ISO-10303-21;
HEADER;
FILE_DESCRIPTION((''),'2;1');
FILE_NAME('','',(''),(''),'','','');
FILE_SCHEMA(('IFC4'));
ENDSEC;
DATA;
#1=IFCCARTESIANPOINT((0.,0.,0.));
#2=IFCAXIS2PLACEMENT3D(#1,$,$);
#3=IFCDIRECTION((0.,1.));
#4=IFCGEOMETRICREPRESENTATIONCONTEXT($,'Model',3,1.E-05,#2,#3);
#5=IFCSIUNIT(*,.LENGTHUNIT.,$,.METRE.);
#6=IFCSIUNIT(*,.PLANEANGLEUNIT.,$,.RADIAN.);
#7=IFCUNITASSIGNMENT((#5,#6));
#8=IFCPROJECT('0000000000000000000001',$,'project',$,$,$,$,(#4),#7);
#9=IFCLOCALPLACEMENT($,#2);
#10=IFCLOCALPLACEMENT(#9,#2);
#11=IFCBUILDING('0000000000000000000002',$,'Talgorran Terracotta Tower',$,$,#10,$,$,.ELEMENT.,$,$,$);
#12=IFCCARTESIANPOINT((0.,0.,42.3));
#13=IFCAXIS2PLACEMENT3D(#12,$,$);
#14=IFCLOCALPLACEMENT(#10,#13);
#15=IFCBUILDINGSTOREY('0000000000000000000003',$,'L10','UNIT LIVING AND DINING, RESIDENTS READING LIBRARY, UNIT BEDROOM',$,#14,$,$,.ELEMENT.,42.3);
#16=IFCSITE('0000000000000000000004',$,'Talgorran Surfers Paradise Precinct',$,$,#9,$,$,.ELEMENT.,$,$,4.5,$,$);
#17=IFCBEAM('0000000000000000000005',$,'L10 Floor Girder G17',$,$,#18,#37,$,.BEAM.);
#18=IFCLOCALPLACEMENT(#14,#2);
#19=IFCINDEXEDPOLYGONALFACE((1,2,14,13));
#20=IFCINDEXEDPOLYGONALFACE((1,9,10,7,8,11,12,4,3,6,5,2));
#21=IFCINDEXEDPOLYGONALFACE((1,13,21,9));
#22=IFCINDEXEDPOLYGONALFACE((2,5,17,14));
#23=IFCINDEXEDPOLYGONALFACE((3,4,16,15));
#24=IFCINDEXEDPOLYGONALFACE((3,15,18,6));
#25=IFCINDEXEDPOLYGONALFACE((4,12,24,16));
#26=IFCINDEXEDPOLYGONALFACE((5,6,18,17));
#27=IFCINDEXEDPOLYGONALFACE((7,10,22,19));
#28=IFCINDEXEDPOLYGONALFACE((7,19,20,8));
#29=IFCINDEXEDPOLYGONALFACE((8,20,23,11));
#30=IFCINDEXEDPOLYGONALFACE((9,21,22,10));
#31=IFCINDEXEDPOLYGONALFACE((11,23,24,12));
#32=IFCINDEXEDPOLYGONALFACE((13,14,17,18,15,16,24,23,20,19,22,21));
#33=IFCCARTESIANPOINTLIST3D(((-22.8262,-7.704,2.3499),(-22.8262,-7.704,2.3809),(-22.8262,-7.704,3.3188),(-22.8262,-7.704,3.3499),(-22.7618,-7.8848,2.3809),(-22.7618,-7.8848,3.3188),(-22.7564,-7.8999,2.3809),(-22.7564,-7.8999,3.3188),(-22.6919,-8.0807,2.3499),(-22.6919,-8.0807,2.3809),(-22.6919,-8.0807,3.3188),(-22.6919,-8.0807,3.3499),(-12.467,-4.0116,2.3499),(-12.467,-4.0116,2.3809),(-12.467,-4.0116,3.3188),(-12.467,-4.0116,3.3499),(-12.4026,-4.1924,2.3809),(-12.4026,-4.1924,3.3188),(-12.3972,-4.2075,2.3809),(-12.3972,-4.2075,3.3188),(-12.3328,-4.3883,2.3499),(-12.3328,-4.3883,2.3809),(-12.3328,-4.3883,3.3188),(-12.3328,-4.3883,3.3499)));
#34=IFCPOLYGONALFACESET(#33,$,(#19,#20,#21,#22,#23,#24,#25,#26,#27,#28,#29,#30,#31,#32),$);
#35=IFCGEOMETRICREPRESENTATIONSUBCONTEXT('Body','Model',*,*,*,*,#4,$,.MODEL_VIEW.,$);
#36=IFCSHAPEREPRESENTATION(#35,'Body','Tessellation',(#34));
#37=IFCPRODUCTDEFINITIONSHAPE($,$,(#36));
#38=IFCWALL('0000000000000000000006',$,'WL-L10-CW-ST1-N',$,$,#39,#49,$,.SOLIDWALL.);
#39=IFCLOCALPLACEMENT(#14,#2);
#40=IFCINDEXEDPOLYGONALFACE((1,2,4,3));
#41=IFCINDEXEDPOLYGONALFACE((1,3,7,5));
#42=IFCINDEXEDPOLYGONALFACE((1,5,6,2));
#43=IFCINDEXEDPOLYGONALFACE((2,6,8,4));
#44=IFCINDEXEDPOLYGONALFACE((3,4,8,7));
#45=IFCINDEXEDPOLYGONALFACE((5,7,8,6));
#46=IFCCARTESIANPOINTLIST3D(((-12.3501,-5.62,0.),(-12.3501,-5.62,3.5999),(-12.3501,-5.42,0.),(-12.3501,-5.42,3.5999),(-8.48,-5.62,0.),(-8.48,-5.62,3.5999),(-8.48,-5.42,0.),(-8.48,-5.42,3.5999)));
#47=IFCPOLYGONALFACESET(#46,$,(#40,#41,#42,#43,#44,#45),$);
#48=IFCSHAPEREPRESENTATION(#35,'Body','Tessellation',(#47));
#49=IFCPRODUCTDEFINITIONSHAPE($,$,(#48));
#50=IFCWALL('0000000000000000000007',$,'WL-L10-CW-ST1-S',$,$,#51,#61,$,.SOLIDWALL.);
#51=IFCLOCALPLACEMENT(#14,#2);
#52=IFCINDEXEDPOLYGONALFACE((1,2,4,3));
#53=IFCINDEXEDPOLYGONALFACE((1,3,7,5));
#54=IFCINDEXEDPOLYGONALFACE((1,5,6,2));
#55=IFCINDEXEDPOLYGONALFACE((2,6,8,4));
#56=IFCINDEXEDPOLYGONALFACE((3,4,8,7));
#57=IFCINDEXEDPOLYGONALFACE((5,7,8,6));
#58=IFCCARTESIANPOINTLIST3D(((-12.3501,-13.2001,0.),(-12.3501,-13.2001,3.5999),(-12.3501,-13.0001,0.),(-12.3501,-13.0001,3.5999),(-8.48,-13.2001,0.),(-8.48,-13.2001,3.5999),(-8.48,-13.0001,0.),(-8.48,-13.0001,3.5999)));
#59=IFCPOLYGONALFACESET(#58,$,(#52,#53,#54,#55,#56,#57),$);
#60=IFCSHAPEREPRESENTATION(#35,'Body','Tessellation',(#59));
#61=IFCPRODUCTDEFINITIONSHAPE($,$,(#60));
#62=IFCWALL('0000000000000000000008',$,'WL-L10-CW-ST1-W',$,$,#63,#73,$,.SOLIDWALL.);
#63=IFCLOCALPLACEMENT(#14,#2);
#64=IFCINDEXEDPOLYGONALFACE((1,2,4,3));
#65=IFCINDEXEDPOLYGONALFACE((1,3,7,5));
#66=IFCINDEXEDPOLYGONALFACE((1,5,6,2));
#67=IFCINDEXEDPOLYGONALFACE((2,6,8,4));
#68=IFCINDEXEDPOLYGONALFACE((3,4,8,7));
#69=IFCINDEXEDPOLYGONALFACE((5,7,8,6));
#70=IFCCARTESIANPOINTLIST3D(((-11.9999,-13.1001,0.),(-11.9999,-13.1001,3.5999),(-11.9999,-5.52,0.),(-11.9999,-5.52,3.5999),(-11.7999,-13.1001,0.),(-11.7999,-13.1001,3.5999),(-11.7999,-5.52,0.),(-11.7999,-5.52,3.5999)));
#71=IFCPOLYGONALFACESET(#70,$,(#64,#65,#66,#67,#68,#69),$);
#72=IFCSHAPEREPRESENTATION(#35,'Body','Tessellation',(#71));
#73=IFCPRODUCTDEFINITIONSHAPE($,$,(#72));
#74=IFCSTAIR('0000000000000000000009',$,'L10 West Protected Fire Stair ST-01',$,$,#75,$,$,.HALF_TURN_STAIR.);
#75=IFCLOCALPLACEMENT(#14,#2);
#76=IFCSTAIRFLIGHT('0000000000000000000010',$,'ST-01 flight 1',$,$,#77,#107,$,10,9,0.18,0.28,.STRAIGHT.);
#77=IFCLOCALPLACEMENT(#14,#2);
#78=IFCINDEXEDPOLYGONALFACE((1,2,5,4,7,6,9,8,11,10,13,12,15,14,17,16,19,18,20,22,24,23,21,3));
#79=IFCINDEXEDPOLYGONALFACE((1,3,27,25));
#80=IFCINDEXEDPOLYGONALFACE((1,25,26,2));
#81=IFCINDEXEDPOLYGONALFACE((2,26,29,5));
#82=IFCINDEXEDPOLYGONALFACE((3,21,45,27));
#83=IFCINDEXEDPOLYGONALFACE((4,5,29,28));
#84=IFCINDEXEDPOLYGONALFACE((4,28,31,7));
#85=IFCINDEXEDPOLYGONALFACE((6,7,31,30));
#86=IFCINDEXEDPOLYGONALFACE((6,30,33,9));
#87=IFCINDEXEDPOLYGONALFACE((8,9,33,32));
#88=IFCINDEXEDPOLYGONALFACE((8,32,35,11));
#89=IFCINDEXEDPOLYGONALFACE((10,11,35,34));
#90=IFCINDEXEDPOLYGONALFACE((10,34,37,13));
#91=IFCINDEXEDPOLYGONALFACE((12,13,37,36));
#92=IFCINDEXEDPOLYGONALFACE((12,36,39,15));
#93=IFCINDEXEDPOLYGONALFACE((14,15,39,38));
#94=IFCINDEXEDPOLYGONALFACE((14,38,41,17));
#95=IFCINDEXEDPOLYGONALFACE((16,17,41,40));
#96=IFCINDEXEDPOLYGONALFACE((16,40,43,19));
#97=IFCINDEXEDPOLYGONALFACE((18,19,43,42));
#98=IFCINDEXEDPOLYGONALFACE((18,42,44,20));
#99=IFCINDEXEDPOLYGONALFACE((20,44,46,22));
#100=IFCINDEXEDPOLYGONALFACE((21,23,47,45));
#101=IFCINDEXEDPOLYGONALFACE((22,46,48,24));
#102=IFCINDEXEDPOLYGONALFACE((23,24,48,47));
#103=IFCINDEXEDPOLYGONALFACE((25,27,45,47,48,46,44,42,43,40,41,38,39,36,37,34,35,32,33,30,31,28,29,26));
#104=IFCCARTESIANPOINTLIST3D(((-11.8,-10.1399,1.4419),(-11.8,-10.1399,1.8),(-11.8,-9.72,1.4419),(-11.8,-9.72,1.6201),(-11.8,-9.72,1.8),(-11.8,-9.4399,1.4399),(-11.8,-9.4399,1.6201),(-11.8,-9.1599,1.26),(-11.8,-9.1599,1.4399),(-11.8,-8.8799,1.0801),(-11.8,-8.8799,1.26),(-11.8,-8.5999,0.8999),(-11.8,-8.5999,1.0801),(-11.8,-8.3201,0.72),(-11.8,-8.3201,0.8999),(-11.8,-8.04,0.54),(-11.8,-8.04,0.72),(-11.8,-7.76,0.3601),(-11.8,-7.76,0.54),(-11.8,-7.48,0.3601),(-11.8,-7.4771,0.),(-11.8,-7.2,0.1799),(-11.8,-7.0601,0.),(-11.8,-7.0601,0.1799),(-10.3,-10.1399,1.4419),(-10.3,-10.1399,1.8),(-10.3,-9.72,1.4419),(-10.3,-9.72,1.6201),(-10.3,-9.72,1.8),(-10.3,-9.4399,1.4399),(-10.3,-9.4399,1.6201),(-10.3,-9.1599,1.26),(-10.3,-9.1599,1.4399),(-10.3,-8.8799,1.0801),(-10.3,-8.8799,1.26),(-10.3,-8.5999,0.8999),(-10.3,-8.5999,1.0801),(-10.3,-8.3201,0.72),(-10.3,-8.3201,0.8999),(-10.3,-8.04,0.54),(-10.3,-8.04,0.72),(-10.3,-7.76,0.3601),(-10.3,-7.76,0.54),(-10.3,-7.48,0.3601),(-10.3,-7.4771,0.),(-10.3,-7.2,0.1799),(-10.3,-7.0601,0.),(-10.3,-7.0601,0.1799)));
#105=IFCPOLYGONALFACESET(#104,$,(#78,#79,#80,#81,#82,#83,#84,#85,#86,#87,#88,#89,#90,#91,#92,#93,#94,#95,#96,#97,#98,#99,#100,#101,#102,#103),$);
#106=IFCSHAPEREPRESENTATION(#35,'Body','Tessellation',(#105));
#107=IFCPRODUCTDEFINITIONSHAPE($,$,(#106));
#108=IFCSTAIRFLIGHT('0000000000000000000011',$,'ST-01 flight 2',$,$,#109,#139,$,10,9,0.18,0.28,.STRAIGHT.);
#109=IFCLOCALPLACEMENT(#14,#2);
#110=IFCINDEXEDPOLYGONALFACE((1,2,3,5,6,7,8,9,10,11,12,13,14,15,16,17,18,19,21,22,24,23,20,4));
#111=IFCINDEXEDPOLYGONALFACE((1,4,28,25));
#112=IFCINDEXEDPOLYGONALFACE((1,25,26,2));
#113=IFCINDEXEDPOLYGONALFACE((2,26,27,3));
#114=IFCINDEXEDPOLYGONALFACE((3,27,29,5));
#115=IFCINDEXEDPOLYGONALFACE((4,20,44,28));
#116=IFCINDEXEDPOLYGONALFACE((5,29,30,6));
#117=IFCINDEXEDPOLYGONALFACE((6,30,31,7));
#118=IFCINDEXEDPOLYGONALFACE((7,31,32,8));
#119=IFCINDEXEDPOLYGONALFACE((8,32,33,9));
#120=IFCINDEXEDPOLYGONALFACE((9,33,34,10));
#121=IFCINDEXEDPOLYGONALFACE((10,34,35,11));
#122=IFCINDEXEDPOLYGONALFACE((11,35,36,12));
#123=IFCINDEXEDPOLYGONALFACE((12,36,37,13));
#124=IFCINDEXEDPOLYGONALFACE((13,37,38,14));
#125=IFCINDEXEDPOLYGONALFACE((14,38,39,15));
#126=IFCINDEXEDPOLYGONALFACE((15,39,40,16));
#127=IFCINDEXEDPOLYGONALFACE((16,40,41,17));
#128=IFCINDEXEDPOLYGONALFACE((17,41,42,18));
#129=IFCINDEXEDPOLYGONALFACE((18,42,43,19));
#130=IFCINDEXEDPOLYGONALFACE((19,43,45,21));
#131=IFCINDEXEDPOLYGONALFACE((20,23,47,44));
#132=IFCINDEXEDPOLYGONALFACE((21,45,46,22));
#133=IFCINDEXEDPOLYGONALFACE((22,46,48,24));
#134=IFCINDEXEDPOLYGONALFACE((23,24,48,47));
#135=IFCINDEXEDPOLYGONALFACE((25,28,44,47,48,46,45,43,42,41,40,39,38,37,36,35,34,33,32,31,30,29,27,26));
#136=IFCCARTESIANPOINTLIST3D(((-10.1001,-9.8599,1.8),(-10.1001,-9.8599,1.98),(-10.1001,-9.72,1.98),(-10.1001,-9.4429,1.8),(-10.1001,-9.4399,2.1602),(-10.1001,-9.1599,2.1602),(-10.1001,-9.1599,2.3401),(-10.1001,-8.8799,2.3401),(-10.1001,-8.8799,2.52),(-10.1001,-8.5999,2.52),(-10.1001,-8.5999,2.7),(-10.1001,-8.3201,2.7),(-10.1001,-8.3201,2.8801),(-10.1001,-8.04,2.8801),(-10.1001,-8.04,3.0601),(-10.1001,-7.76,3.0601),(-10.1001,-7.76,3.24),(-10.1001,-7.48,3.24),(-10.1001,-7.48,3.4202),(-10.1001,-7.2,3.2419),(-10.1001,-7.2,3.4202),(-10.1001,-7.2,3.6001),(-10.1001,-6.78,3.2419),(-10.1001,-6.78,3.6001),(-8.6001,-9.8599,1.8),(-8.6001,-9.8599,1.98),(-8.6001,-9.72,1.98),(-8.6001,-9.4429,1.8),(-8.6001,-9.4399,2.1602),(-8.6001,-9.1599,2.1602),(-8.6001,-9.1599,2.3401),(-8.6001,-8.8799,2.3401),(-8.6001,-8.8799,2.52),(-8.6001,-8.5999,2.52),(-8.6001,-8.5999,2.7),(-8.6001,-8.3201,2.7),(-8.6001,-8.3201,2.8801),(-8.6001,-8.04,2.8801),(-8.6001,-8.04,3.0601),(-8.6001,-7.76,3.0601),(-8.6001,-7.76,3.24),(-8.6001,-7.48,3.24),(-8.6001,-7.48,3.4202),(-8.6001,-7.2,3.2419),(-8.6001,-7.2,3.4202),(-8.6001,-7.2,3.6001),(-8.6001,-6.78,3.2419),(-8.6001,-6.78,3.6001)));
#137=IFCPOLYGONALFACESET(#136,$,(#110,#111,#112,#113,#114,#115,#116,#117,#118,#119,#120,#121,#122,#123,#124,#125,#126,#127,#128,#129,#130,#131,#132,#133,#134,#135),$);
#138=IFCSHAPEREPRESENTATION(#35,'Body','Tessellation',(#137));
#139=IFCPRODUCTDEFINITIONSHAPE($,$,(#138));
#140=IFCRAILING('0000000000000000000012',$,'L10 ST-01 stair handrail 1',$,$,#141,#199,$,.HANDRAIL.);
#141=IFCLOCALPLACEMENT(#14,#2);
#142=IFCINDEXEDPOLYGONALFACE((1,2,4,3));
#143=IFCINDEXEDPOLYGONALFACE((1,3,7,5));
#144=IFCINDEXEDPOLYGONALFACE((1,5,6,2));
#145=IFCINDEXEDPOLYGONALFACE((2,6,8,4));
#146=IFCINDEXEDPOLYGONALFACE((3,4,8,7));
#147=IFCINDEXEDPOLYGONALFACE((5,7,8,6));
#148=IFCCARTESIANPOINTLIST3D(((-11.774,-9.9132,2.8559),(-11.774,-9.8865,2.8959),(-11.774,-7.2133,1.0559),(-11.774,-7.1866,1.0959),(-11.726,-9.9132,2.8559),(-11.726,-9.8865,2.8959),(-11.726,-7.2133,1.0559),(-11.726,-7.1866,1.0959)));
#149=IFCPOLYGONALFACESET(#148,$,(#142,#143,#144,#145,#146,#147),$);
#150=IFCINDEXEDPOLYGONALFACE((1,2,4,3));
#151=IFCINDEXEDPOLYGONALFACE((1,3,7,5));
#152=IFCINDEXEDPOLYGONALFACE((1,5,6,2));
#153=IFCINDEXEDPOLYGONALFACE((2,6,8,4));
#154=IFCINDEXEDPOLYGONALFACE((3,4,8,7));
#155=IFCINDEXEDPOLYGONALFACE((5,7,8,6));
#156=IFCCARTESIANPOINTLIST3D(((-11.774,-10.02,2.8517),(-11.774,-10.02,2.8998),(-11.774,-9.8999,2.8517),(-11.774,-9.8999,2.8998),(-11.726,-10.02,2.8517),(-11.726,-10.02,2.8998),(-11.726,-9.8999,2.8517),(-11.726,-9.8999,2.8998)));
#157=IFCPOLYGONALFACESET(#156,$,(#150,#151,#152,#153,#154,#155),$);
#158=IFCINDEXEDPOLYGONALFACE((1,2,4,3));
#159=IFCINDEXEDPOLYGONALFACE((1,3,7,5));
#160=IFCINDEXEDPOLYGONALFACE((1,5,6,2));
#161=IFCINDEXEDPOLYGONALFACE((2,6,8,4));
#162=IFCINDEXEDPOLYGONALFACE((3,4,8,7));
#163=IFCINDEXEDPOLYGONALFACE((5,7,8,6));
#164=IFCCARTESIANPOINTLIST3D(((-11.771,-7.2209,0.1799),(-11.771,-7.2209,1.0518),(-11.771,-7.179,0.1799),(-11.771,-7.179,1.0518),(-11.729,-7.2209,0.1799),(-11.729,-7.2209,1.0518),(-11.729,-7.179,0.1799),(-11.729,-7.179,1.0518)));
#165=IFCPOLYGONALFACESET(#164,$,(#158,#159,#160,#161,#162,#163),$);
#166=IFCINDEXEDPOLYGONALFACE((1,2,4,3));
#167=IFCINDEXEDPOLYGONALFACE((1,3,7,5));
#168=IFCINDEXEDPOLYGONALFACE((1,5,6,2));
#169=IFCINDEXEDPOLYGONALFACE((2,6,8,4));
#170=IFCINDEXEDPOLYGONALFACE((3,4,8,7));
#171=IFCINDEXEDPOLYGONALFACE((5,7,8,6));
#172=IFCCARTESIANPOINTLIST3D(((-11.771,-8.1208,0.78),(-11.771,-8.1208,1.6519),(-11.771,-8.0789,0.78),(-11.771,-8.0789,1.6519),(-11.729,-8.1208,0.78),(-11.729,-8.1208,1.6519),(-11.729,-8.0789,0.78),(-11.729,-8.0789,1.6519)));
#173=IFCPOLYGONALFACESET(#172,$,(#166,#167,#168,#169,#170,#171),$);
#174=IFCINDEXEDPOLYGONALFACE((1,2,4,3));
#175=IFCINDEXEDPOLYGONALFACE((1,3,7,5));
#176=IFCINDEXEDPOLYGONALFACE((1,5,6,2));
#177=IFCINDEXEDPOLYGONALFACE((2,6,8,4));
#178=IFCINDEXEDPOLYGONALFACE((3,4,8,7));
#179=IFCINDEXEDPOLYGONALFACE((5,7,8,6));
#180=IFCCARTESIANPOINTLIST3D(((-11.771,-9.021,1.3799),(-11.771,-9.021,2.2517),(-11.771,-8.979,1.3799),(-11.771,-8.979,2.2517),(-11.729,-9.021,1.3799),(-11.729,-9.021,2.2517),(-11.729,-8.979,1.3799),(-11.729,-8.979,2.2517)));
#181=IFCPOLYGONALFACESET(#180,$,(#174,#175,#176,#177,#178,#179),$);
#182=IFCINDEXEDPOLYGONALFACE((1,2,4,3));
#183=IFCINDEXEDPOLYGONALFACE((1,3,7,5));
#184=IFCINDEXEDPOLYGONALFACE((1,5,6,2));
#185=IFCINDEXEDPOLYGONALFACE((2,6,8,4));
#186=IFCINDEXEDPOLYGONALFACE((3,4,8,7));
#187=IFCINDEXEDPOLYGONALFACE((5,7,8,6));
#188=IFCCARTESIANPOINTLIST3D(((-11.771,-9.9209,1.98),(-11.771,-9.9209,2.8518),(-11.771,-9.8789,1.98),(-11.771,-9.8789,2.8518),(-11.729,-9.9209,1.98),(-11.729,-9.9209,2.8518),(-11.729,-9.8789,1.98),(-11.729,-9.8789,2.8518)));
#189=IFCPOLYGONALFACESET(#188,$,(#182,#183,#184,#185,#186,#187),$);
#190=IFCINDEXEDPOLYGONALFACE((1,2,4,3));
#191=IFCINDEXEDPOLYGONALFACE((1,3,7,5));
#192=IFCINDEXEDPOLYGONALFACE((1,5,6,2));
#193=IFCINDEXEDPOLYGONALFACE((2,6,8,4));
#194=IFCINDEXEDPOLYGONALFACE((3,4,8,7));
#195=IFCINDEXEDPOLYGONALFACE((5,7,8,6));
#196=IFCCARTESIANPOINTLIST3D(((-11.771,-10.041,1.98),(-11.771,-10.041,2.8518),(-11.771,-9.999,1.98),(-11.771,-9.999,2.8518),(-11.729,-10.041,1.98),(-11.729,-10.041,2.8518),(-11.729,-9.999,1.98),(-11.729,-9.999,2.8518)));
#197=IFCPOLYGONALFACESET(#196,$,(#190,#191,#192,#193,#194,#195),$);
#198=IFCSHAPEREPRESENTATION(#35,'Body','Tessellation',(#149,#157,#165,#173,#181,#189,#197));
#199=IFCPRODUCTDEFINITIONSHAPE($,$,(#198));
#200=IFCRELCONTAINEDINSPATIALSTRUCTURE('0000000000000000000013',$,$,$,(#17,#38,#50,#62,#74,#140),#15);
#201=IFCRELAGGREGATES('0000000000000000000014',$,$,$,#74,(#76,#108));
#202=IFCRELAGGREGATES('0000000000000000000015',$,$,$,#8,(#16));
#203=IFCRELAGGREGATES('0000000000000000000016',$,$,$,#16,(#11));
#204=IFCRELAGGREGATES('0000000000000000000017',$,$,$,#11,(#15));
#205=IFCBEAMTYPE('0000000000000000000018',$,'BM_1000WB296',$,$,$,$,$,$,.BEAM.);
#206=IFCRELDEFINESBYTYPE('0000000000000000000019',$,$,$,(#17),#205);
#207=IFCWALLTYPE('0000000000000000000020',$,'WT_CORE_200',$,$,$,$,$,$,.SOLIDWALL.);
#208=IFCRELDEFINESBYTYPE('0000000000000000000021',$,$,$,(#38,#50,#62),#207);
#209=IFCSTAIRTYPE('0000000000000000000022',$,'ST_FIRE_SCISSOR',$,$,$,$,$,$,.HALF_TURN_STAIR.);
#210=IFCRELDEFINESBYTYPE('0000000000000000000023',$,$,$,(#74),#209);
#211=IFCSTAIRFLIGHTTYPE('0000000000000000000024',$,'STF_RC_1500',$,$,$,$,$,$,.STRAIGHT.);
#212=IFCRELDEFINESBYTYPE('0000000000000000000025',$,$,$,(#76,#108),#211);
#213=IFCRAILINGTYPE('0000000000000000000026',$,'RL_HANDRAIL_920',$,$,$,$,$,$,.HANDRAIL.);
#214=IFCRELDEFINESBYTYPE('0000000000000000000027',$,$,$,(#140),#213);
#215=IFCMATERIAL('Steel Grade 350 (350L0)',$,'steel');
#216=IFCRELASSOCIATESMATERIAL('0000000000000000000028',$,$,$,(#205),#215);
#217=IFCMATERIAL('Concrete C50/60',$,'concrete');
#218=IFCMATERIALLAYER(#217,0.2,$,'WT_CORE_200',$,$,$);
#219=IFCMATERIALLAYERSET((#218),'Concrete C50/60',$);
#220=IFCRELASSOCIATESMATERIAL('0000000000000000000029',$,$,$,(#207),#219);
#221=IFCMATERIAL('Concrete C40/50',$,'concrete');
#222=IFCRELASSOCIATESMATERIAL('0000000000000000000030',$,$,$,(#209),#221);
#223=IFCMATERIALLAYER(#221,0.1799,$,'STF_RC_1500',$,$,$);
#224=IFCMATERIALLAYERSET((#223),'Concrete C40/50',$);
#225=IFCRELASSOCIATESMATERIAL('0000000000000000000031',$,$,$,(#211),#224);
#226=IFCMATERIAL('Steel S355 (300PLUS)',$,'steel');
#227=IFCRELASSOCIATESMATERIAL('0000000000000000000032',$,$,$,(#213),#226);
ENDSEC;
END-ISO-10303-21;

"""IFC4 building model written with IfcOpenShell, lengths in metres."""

from ifc_helpers import new_model, si_unit, direction, frame, frame_2d, origin, origin_2d, place, context, subcontext, project, spatial, polyline, rectangle, i_section, outline, extrude, material, layer, layer_set, material_profile, profile_set, type_object, element, aggregate, save


model = new_model("IFC4")

# Units and contexts
model_context = context("Model", 3, precision=1e-05, world=origin(), true_north=direction((0.0, 1.0)))
body_context = subcontext(model_context, "Body", "Model", "MODEL_VIEW")
ifc_project = project(units=[si_unit("LENGTHUNIT", "METRE"), si_unit("PLANEANGLEUNIT", "RADIAN")], contexts=[model_context])

# Site, building, storey
site_placement = place(None, origin())
site = spatial("IfcSite", under=ifc_project, at=site_placement, Name="Talgorran Surfers Paradise Precinct", CompositionType="ELEMENT", RefElevation=4.5)
building_placement = place(site_placement, origin())
building = spatial("IfcBuilding", under=site, at=building_placement, Name="Talgorran Terracotta Tower", CompositionType="ELEMENT")
storey_placement = place(building_placement, frame((0.0, 0.0, 42.3)))
storey = spatial("IfcBuildingStorey", under=building, at=storey_placement, Name="L10", Description="UNIT LIVING AND DINING, RESIDENTS READING LIBRARY, UNIT BEDROOM", CompositionType="ELEMENT", Elevation=42.3)

# Beam
ifc_material_1 = material(Name="Steel Grade 350 (350L0)", Category="steel")
ifc_material_profile = material_profile(ifc_material_1, i_section(OverallWidth=0.3999, OverallDepth=1.0, WebThickness=0.0161, FlangeThickness=0.031, at=origin_2d()), Name="1000WB296")
ifc_profile_set = profile_set([ifc_material_profile], Name="Steel Grade 350 (350L0)")
beam_type = type_object("IfcBeamType", Name="BM_1000WB296", PredefinedType="BEAM", material=ifc_profile_set)
beam_placement = place(storey_placement, frame((-12.3999, -4.2, 2.8499), z_axis=(-0.941952, -0.335747, 0.0), x_axis=(0.335747, -0.941952, 0.0)))
element("IfcBeam", 1, at=beam_placement, inside=storey, type_object=beam_type, Name="L10 Floor Girder G17", PredefinedType="BEAM", context=body_context, shape_type="SweptSolid", body=[
    extrude(i_section(OverallWidth=0.3999, OverallDepth=1.0, WebThickness=0.0161, FlangeThickness=0.031, at=origin_2d()), origin(), (0.0, 0.0, 1.0), 10.9976),
])

# Walls
ifc_material_2 = material(Name="Concrete C50/60", Category="concrete")
ifc_layer_1 = layer(ifc_material_2, 0.2, Name="WT_CORE_200")
ifc_layer_set_1 = layer_set([ifc_layer_1], Name="Concrete C50/60")
wall_type = type_object("IfcWallType", Name="WT_CORE_200", PredefinedType="SOLIDWALL", material=ifc_layer_set_1)
for number, where, z_axis, x_axis, name in (
    (2, (-12.3501, -5.52, 0.0), (0.0, 0.0, 1.0), (1.0, 0.0, 0.0), "WL-L10-CW-ST1-N"),
    (3, (-12.3501, -13.1001, 0.0), (0.0, 0.0, 1.0), (1.0, 0.0, 0.0), "WL-L10-CW-ST1-S"),
):
    element("IfcWall", number, at=place(storey_placement, frame(where, z_axis=z_axis, x_axis=x_axis)), inside=storey, type_object=wall_type, Name=name, PredefinedType="SOLIDWALL", context=body_context, shape_type="SweptSolid", body=[
        extrude(rectangle(XDim=3.8701, YDim=0.2, at=frame_2d((1.9351, 0.0))), origin(), (0.0, 0.0, 1.0), 3.5999),
    ])
wall_placement = place(storey_placement, frame((-11.8999, -13.1001, 0.0), z_axis=(0.0, 0.0, 1.0), x_axis=(0.0, 1.0, 0.0)))
element("IfcWall", 4, at=wall_placement, inside=storey, type_object=wall_type, Name="WL-L10-CW-ST1-W", PredefinedType="SOLIDWALL", context=body_context, shape_type="SweptSolid", body=[
    extrude(rectangle(XDim=7.5801, YDim=0.2, at=frame_2d((3.79, 0.0))), origin(), (0.0, 0.0, 1.0), 3.5999),
])

# Stair, stair flights
ifc_material_3 = material(Name="Concrete C40/50", Category="concrete")
stair_type = type_object("IfcStairType", Name="ST_FIRE_SCISSOR", PredefinedType="HALF_TURN_STAIR", material=ifc_material_3)
stair_placement = place(storey_placement, origin())
stair = element("IfcStair", 5, at=stair_placement, inside=storey, type_object=stair_type, Name="L10 West Protected Fire Stair ST-01", PredefinedType="HALF_TURN_STAIR")
ifc_layer_2 = layer(ifc_material_3, 0.1799, Name="STF_RC_1500")
ifc_layer_set_2 = layer_set([ifc_layer_2], Name="Concrete C40/50")
stair_flight_type = type_object("IfcStairFlightType", Name="STF_RC_1500", PredefinedType="STRAIGHT", material=ifc_layer_set_2)
stair_flight_1_placement = place(storey_placement, frame((-11.05, -7.2, 0.0), z_axis=(0.0, 0.0, 1.0), x_axis=(0.0, -1.0, 0.0)))
stair_flight_1 = element("IfcStairFlight", 6, at=stair_flight_1_placement, type_object=stair_flight_type, Name="ST-01 flight 1", NumberOfRisers=10, NumberOfTreads=9, PredefinedType="STRAIGHT", RiserHeight=0.18, TreadLength=0.28, context=body_context, shape_type="SweptSolid", body=[
    extrude(outline(polyline([(-0.1399, 0.0), (-0.1399, 0.1799), (0.0, 0.1799), (0.28, 0.3601), (0.5601, 0.3601), (0.5601, 0.54), (0.8401, 0.54), (0.8401, 0.72), (1.1201, 0.72), (1.1201, 0.8999), (1.3999, 0.8999), (1.3999, 1.0801), (1.6799, 1.0801), (1.6799, 1.26), (1.96, 1.26), (1.96, 1.4399), (2.24, 1.4399), (2.24, 1.6201), (2.52, 1.6201), (2.52, 1.8), (2.9399, 1.8), (2.9399, 1.4419), (2.52, 1.4419), (0.2771, 0.0), (-0.1399, 0.0)])), frame((0.0, 0.75, 0.0), z_axis=(0.0, -1.0, 0.0), x_axis=(1.0, 0.0, 0.0)), (0.0, 0.0, 1.0), 1.5),
])
stair_flight_2_placement = place(storey_placement, frame((-9.3501, -9.72, 1.8), z_axis=(0.0, 0.0, 1.0), x_axis=(0.0, 1.0, 0.0)))
stair_flight_2 = element("IfcStairFlight", 7, at=stair_flight_2_placement, type_object=stair_flight_type, Name="ST-01 flight 2", NumberOfRisers=10, NumberOfTreads=9, PredefinedType="STRAIGHT", RiserHeight=0.18, TreadLength=0.28, context=body_context, shape_type="SweptSolid", body=[
    extrude(outline(polyline([(-0.1399, 0.0), (-0.1399, 0.1799), (0.0, 0.1799), (0.28, 0.3601), (0.5601, 0.3601), (0.5601, 0.54), (0.8401, 0.54), (0.8401, 0.72), (1.1201, 0.72), (1.1201, 0.8999), (1.3999, 0.8999), (1.3999, 1.0801), (1.6799, 1.0801), (1.6799, 1.26), (1.96, 1.26), (1.96, 1.4399), (2.24, 1.4399), (2.24, 1.6201), (2.52, 1.6201), (2.52, 1.8), (2.9399, 1.8), (2.9399, 1.4419), (2.52, 1.4419), (0.2771, 0.0), (-0.1399, 0.0)])), frame((0.0, 0.75, 0.0), z_axis=(0.0, -1.0, 0.0), x_axis=(1.0, 0.0, 0.0)), (0.0, 0.0, 1.0), 1.5),
])
aggregate(stair, [stair_flight_1, stair_flight_2])

# Railing
ifc_material_4 = material(Name="Steel S355 (300PLUS)", Category="steel")
railing_type_1 = type_object("IfcRailingType", Name="RL_HANDRAIL_920", PredefinedType="HANDRAIL", material=ifc_material_4)
railing_1_placement = place(storey_placement, frame((-11.75, -7.2, 0.1799)))
element("IfcRailing", 8, at=railing_1_placement, inside=storey, type_object=railing_type_1, Name="L10 ST-01 stair handrail 1", PredefinedType="HANDRAIL", context=body_context, shape_type="SweptSolid", body=[
    extrude(rectangle(XDim=0.0481, YDim=0.0481, at=origin_2d()), frame((0.0, 0.0, 0.896), z_axis=(0.0, -0.832039, 0.554718), x_axis=(1.0, 0.0, 0.0)), (0.0, 0.0, 1.0), 3.2449),
    extrude(rectangle(XDim=0.0481, YDim=0.0481, at=origin_2d()), frame((0.0, -2.7, 2.6958), z_axis=(0.0, -1.0, 0.0), x_axis=(1.0, 0.0, 0.0)), (0.0, 0.0, 1.0), 0.1201),
    extrude(rectangle(XDim=0.042, YDim=0.042, at=origin_2d()), origin(), (0.0, 0.0, 1.0), 0.8718),
    extrude(rectangle(XDim=0.042, YDim=0.042, at=origin_2d()), frame((0.0, -0.8999, 0.6001)), (0.0, 0.0, 1.0), 0.8718),
    extrude(rectangle(XDim=0.042, YDim=0.042, at=origin_2d()), frame((0.0, -1.8, 1.2)), (0.0, 0.0, 1.0), 0.8718),
    extrude(rectangle(XDim=0.042, YDim=0.042, at=origin_2d()), frame((0.0, -2.7, 1.8)), (0.0, 0.0, 1.0), 0.8718),
    extrude(rectangle(XDim=0.042, YDim=0.042, at=origin_2d()), frame((0.0, -2.8201, 1.8)), (0.0, 0.0, 1.0), 0.8718),
])

save(model, "model.ifc")
